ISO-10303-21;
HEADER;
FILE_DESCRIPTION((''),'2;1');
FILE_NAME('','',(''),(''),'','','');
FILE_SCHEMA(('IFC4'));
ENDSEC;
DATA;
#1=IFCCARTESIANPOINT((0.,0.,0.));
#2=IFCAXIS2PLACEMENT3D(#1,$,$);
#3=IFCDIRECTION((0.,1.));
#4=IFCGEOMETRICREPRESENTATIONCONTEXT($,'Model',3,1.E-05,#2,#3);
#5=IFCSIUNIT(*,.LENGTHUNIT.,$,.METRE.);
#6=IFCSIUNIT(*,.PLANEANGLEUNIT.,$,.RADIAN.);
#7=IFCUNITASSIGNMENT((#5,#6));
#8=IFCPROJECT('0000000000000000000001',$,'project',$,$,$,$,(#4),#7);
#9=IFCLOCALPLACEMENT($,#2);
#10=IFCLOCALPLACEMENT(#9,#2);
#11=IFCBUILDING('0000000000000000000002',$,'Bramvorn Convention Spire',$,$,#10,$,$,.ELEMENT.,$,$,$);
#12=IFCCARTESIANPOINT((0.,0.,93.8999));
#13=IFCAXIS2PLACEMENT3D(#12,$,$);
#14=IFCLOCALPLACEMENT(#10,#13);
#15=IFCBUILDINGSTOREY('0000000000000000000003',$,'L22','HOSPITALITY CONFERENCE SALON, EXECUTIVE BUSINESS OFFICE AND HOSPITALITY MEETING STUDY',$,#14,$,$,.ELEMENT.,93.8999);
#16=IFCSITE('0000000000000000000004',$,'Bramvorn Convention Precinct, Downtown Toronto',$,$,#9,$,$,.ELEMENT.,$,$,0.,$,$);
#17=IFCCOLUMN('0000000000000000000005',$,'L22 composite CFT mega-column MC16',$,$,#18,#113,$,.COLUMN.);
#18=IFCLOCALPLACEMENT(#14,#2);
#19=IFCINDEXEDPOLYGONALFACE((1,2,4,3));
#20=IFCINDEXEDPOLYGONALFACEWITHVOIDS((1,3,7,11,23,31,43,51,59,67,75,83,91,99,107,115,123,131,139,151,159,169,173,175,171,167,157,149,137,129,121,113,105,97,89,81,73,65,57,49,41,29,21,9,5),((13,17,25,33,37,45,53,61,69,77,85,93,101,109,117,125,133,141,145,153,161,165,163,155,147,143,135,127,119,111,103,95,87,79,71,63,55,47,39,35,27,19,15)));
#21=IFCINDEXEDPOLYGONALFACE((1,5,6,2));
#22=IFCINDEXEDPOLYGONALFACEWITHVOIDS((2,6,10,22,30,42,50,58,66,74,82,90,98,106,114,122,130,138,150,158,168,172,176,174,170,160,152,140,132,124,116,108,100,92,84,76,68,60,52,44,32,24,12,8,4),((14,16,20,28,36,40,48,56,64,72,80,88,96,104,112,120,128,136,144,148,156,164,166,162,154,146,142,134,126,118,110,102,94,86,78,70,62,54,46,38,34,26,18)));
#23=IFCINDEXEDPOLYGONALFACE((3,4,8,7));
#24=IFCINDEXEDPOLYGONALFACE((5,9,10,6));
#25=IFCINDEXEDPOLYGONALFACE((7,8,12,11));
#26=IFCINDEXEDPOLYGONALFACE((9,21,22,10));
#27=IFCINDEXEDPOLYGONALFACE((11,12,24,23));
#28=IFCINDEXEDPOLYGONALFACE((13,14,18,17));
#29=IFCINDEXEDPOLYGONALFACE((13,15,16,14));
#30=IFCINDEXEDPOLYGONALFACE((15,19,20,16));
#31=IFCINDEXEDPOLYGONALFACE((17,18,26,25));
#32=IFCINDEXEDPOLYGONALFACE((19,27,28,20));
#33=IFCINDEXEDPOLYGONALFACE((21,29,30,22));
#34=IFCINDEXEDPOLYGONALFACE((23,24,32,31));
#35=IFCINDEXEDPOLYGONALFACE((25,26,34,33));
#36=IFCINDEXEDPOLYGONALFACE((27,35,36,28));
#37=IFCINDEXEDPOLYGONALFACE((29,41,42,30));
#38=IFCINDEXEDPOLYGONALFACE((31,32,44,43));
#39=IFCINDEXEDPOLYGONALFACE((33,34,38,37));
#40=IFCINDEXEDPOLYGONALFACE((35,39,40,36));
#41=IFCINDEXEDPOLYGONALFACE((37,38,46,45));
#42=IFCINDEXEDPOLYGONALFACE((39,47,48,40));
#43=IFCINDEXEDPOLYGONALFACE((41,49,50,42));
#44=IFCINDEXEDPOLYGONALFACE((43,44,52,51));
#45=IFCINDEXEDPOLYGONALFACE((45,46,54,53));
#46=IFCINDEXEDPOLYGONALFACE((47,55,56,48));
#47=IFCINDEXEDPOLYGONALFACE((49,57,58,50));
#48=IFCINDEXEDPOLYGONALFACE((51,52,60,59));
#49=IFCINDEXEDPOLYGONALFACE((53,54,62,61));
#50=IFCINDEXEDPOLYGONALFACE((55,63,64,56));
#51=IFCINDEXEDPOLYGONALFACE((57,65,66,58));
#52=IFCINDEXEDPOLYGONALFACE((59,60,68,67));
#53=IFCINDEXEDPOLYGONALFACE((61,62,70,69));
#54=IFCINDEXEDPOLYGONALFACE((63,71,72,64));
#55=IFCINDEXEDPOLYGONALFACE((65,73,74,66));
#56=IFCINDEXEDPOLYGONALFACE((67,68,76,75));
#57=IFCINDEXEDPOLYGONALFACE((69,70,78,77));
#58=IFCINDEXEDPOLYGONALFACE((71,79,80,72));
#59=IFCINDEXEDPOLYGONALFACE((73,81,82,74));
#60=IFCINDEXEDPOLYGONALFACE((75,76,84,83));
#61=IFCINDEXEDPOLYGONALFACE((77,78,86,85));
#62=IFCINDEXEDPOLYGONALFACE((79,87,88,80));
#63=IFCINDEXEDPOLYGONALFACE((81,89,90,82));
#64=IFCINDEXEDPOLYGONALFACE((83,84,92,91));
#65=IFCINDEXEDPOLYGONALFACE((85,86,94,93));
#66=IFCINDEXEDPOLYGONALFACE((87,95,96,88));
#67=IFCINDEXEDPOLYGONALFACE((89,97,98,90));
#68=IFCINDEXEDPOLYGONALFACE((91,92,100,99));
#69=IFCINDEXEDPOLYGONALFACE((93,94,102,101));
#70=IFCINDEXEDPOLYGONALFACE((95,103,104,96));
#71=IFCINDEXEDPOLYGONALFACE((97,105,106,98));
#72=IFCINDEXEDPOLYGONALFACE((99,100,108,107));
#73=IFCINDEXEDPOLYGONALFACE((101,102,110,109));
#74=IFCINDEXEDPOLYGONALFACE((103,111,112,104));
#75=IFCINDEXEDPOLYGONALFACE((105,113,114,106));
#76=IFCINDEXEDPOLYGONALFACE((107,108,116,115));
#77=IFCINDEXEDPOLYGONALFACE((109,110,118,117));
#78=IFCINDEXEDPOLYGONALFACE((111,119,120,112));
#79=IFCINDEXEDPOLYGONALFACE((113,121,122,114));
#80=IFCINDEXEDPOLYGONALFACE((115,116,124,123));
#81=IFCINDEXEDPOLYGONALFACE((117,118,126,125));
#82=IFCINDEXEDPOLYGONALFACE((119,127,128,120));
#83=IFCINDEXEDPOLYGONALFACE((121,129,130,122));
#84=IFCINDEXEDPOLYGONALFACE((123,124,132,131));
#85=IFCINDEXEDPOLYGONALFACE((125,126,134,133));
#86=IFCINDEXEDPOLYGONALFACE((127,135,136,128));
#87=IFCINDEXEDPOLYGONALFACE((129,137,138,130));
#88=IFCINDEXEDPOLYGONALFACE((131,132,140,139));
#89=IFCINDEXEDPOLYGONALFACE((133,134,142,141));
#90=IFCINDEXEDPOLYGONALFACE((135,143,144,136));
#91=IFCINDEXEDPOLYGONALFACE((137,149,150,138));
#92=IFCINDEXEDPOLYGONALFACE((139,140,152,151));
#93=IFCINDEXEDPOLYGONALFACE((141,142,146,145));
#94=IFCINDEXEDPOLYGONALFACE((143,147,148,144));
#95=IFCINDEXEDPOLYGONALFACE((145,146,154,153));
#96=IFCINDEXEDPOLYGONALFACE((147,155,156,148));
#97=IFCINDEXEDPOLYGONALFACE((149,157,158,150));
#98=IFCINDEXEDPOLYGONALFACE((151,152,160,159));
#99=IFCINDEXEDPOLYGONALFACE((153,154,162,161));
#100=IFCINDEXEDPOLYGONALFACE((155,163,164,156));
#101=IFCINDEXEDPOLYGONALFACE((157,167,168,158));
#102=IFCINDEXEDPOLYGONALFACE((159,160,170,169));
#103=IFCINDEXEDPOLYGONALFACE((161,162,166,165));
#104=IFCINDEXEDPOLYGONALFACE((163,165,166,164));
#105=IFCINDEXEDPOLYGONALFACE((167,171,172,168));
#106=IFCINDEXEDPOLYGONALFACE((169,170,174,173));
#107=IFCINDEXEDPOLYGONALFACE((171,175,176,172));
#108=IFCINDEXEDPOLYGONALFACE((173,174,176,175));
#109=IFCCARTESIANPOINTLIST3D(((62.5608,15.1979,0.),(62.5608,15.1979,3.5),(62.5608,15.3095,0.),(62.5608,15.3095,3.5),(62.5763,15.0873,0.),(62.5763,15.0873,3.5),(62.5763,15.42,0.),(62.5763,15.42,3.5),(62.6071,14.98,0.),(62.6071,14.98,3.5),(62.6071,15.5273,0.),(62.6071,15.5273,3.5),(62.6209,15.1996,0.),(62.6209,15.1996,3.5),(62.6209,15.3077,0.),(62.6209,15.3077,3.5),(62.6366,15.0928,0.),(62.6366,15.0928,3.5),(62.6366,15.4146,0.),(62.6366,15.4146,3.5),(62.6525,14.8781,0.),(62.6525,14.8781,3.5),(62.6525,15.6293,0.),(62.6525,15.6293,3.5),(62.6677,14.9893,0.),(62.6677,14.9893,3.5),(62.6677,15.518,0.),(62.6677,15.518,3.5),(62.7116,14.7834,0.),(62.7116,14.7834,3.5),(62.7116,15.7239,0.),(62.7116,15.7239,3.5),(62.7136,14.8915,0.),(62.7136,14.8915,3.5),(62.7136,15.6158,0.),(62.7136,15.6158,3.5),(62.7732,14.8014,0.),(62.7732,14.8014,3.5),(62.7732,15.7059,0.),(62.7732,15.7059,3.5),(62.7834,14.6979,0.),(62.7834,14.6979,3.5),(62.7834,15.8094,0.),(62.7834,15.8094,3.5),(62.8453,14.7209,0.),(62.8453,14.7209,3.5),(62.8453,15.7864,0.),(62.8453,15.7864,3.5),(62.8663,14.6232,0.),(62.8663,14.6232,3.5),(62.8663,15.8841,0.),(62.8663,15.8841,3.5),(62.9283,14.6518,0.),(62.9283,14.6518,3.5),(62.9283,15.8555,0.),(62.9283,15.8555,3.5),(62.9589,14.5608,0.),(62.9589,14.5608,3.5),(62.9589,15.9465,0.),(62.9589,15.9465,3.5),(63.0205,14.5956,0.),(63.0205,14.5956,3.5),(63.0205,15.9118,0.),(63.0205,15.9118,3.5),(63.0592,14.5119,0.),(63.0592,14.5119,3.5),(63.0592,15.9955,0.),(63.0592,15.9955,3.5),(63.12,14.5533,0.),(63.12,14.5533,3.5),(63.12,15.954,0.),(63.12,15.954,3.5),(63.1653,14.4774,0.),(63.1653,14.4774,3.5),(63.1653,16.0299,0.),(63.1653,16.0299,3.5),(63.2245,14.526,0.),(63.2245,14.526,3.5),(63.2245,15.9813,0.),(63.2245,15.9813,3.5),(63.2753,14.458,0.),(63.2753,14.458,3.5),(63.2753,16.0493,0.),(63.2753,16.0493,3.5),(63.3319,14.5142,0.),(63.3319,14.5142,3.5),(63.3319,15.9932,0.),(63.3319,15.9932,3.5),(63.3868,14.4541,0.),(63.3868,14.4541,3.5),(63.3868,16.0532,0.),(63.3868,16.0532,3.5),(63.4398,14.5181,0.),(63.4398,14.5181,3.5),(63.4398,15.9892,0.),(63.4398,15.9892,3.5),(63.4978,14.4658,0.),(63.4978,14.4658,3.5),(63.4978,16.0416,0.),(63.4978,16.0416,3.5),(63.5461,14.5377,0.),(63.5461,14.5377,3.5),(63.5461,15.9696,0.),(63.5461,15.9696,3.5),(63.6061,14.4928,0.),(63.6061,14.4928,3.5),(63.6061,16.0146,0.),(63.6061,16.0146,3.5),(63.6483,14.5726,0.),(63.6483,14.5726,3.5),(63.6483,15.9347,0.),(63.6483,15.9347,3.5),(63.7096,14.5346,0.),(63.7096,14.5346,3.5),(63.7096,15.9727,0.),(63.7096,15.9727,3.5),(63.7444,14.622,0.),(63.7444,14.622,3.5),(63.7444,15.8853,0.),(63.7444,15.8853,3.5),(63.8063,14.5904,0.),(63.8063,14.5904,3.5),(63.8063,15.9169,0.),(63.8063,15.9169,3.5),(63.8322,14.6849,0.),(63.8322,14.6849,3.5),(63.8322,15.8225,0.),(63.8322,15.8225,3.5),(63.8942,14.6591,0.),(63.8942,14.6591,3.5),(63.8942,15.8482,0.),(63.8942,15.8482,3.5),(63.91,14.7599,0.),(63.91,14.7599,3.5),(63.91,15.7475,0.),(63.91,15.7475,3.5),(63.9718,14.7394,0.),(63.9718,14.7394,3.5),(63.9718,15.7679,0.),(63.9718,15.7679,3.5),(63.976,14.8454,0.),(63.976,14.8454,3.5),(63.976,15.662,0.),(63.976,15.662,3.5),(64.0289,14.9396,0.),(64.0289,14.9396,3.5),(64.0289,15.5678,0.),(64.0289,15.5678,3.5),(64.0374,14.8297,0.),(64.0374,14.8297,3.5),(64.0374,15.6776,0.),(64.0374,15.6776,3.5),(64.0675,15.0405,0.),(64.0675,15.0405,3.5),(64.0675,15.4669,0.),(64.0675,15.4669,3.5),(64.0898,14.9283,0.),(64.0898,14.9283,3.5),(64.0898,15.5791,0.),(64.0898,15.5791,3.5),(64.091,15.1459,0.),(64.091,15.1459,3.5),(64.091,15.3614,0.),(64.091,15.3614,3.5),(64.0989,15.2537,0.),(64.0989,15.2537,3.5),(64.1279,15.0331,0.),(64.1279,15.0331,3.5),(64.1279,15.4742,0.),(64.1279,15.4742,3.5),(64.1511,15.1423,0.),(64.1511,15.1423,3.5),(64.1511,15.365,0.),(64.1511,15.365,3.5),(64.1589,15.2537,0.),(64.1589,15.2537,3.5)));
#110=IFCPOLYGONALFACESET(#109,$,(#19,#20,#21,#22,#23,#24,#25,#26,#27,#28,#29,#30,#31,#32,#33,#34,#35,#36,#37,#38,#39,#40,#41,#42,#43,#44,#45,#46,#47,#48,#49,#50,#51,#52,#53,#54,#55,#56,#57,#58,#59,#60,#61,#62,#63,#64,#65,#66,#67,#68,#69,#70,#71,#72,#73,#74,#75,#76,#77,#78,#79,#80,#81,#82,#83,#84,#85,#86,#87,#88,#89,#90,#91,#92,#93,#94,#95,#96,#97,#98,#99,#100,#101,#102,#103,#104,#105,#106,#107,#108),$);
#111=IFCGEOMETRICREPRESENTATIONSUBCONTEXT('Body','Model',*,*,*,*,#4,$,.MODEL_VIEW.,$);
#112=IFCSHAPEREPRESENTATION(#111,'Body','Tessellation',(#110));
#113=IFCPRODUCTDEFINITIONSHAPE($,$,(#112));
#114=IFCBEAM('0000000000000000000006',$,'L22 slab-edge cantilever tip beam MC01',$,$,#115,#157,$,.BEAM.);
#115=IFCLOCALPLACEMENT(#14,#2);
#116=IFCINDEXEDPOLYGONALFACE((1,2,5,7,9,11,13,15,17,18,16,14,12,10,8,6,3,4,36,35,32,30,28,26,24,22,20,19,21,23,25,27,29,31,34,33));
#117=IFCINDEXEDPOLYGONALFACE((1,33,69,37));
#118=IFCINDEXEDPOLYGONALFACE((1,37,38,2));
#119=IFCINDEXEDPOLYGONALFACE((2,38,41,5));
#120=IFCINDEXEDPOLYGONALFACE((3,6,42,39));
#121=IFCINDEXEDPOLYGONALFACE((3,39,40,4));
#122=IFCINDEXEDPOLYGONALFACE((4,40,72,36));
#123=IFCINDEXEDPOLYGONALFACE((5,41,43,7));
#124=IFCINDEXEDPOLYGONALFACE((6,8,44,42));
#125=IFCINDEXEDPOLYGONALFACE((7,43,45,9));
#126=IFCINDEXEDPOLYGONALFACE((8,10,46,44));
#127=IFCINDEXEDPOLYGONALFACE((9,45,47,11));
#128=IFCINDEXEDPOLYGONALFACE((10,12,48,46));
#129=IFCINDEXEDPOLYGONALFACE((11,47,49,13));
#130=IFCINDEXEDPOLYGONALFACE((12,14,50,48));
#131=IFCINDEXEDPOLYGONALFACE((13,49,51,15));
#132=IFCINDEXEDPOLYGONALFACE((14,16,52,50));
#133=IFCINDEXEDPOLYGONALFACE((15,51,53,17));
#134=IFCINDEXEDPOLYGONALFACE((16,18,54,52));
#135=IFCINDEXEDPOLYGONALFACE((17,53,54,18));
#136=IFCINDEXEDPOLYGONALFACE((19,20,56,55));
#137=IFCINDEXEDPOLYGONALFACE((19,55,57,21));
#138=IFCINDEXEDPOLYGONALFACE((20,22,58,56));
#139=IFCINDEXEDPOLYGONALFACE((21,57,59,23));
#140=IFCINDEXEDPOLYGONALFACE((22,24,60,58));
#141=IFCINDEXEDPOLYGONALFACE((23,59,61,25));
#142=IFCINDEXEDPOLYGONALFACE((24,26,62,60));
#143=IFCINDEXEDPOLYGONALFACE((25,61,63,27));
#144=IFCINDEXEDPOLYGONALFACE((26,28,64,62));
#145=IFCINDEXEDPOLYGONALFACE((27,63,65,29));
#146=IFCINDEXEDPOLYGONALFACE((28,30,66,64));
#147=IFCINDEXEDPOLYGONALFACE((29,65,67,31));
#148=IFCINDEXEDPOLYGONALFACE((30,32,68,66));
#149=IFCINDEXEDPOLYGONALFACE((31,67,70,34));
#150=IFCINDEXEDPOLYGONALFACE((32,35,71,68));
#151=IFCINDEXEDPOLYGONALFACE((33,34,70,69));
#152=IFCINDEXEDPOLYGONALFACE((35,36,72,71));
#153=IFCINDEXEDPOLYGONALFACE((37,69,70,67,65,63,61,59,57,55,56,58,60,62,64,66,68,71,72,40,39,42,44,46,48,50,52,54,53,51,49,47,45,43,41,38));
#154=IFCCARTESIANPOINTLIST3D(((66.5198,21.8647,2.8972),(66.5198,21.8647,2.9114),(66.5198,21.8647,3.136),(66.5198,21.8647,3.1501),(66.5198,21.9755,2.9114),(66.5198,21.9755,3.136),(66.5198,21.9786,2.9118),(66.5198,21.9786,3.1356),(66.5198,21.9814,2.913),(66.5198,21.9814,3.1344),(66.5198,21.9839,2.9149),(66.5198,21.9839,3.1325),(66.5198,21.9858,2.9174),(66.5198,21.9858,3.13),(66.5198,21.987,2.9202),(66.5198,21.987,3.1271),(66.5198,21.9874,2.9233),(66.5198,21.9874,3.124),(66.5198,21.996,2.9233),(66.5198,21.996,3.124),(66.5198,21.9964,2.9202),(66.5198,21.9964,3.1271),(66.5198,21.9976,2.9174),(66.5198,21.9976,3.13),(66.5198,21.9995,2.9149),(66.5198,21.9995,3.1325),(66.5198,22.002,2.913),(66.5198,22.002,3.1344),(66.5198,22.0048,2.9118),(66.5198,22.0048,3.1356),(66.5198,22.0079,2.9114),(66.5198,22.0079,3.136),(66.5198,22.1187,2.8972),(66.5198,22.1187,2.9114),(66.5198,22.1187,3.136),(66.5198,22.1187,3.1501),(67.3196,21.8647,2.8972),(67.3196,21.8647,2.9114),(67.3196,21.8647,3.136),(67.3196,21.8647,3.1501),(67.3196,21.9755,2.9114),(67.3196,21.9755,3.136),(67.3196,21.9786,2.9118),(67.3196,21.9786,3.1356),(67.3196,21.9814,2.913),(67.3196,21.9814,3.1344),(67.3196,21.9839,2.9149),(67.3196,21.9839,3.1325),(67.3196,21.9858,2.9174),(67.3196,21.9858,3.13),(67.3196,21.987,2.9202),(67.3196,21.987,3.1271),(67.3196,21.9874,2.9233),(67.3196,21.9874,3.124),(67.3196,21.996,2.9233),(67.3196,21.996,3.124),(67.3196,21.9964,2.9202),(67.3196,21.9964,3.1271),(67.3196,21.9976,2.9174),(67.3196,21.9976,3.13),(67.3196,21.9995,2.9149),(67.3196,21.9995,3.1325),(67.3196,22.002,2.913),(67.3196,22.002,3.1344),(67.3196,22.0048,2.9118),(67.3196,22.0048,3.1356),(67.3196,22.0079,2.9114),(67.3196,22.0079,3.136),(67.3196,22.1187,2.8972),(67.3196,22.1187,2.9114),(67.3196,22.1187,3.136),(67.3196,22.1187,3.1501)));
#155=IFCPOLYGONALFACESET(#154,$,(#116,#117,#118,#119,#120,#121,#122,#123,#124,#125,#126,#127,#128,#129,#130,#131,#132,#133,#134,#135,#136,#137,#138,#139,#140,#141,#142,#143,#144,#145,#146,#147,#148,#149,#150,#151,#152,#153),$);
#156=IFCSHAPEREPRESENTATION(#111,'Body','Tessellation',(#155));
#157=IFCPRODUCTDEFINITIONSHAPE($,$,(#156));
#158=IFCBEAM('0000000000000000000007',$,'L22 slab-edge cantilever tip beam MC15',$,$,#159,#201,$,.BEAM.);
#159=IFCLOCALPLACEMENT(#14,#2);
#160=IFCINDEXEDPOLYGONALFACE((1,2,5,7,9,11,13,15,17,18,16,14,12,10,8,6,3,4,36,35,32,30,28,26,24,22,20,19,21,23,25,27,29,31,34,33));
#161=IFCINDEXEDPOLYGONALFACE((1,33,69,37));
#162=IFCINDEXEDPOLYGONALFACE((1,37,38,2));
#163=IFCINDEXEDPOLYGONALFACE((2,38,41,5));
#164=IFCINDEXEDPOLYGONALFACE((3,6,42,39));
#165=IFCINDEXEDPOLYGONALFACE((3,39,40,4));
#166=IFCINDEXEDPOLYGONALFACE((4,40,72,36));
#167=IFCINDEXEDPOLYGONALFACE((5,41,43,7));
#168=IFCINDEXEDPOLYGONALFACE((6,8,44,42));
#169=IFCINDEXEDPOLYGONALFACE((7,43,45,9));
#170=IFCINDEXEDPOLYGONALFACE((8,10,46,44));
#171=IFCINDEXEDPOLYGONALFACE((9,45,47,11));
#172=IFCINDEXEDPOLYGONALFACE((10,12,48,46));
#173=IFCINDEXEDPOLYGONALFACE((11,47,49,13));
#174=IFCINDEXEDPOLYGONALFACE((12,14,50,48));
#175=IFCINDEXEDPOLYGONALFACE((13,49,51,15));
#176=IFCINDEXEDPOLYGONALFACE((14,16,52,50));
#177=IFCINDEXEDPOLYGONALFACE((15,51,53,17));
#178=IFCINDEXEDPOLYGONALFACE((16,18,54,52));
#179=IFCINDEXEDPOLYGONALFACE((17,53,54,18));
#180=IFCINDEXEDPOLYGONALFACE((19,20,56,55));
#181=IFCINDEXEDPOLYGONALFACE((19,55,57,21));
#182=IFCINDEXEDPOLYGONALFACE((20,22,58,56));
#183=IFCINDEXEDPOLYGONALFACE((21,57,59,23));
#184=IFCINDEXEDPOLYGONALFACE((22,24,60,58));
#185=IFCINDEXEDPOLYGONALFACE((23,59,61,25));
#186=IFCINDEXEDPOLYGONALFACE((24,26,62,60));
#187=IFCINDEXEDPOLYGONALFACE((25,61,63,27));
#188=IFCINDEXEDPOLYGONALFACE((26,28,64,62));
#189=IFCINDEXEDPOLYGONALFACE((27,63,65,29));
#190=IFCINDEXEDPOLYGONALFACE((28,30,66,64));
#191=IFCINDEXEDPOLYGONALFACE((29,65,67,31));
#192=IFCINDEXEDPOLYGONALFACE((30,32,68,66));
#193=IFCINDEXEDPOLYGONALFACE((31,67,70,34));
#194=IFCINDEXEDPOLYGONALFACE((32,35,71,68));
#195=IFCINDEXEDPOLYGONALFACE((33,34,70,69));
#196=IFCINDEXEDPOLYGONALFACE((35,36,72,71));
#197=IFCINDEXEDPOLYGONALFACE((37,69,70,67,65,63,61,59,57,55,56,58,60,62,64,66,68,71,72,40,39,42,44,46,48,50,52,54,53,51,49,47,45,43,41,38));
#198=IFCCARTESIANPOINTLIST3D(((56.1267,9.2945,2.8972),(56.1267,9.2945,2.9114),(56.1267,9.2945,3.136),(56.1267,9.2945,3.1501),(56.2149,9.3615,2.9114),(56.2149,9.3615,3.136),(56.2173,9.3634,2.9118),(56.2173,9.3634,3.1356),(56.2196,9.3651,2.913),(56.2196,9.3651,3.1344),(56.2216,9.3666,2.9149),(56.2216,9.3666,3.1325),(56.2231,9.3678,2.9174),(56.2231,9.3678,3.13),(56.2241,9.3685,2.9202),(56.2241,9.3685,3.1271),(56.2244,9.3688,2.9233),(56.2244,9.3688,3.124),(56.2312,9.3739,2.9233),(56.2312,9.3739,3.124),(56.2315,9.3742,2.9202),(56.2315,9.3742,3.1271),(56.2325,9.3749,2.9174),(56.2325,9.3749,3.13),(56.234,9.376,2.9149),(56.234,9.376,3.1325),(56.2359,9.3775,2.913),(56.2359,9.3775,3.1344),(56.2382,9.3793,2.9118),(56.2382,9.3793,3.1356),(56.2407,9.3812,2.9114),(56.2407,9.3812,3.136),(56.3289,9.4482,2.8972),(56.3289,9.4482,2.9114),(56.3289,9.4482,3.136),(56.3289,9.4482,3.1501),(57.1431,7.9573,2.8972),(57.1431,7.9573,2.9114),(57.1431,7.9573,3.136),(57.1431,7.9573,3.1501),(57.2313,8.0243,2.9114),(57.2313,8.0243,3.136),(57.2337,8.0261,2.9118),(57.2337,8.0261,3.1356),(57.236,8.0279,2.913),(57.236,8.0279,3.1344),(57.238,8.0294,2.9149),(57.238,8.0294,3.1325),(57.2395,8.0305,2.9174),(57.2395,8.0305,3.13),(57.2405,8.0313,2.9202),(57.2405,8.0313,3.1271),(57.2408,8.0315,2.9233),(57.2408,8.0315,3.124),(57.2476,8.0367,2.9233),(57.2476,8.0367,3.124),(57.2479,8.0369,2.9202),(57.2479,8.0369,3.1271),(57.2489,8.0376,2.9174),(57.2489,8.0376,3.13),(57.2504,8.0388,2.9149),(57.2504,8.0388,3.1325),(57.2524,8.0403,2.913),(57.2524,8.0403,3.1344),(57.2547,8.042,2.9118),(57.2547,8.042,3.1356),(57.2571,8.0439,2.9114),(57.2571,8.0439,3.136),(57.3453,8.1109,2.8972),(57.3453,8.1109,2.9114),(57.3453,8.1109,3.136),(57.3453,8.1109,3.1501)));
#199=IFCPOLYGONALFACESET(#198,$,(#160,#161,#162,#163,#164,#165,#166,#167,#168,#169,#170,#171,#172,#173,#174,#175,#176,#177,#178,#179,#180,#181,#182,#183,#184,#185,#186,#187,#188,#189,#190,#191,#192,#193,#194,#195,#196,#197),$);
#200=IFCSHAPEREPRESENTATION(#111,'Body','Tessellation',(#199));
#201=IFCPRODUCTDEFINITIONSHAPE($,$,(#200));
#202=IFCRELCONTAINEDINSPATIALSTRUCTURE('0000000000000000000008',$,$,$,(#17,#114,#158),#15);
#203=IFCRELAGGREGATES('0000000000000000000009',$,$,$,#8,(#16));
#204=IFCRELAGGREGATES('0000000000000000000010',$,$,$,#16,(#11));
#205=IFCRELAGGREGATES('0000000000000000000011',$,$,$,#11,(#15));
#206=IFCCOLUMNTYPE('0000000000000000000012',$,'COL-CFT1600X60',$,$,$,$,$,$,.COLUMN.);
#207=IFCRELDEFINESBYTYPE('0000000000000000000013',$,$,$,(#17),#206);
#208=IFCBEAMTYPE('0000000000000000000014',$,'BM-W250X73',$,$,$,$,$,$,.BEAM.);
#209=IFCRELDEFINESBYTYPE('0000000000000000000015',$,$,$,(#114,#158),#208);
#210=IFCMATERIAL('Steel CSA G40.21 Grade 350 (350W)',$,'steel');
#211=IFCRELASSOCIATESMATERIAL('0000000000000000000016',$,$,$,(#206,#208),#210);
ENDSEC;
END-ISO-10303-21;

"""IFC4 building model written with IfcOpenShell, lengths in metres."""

from ifc_helpers import new_model, si_unit, direction, frame, origin, origin_2d, place, context, subcontext, project, spatial, hollow_circle, i_section, extrude, material, material_profile, profile_set, type_object, element, save


model = new_model("IFC4")

# Units and contexts
model_context = context("Model", 3, precision=1e-05, world=origin(), true_north=direction((0.0, 1.0)))
body_context = subcontext(model_context, "Body", "Model", "MODEL_VIEW")
ifc_project = project(units=[si_unit("LENGTHUNIT", "METRE"), si_unit("PLANEANGLEUNIT", "RADIAN")], contexts=[model_context])

# Site, building, storey
site_placement = place(None, origin())
site = spatial("IfcSite", under=ifc_project, at=site_placement, Name="Bramvorn Convention Precinct, Downtown Toronto", CompositionType="ELEMENT", RefElevation=0.0)
building_placement = place(site_placement, origin())
building = spatial("IfcBuilding", under=site, at=building_placement, Name="Bramvorn Convention Spire", CompositionType="ELEMENT")
storey_placement = place(building_placement, frame((0.0, 0.0, 93.8999)))
storey = spatial("IfcBuildingStorey", under=building, at=storey_placement, Name="L22", Description="HOSPITALITY CONFERENCE SALON, EXECUTIVE BUSINESS OFFICE AND HOSPITALITY MEETING STUDY", CompositionType="ELEMENT", Elevation=93.8999)

# Column
ifc_material_1 = material(Name="Steel CSA G40.21 Grade 350 (350W)", Category="steel")
ifc_material_profile_1 = material_profile(ifc_material_1, hollow_circle(Radius=0.8, WallThickness=0.0601, at=origin_2d()))
ifc_profile_set_1 = profile_set([ifc_material_profile_1], Name="Steel CSA G40.21 Grade 350 (350W) - CFT1600X60")
column_type = type_object("IfcColumnType", Name="COL-CFT1600X60", PredefinedType="COLUMN", material=ifc_profile_set_1)
for number, where, z_axis, x_axis, name in (
    (1, (63.3589, 15.2537, 0.0), (0.0, 0.0, 1.0), (1.0, 0.0, 0.0), "L22 composite CFT mega-column MC16"),
):
    element("IfcColumn", number, at=place(storey_placement, frame(where, z_axis=z_axis, x_axis=x_axis)), inside=storey, type_object=column_type, Name=name, PredefinedType="COLUMN", context=body_context, shape_type="SweptSolid", body=[
        extrude(hollow_circle(Radius=0.8, WallThickness=0.0601, at=origin_2d()), origin(), (0.0, 0.0, 1.0), 3.5),
    ])

# Beams
ifc_material_profile_2 = material_profile(ifc_material_1, i_section(OverallWidth=0.2539, OverallDepth=0.2529, WebThickness=0.0085, FlangeThickness=0.0142, FilletRadius=0.012, at=origin_2d()))
ifc_profile_set_2 = profile_set([ifc_material_profile_2], Name="Steel CSA G40.21 Grade 350 (350W) - W250X73")
beam_type_1 = type_object("IfcBeamType", Name="BM-W250X73", PredefinedType="BEAM", material=ifc_profile_set_2)
beam_1_placement = place(storey_placement, frame((66.5198, 21.9917, 3.0237), z_axis=(1.0, 0.0, 0.0), x_axis=(0.0, 1.0, 0.0)))
element("IfcBeam", 2, at=beam_1_placement, inside=storey, type_object=beam_type_1, Name="L22 slab-edge cantilever tip beam MC01", PredefinedType="BEAM", context=body_context, shape_type="SweptSolid", body=[
    extrude(i_section(OverallWidth=0.2539, OverallDepth=0.2529, WebThickness=0.0085, FlangeThickness=0.0142, FilletRadius=0.012, at=origin_2d()), origin(), (0.0, 0.0, 1.0), 0.7998),
])
beam_2_placement = place(storey_placement, frame((56.2278, 9.3713, 3.0237), z_axis=(0.605127, -0.796129, 0.0), x_axis=(0.796129, 0.605127, 0.0)))
element("IfcBeam", 3, at=beam_2_placement, inside=storey, type_object=beam_type_1, Name="L22 slab-edge cantilever tip beam MC15", PredefinedType="BEAM", context=body_context, shape_type="SweptSolid", body=[
    extrude(i_section(OverallWidth=0.2539, OverallDepth=0.2529, WebThickness=0.0085, FlangeThickness=0.0142, FilletRadius=0.012, at=origin_2d()), origin(), (0.0, 0.0, 1.0), 1.6797),
])

save(model, "model.ifc")
